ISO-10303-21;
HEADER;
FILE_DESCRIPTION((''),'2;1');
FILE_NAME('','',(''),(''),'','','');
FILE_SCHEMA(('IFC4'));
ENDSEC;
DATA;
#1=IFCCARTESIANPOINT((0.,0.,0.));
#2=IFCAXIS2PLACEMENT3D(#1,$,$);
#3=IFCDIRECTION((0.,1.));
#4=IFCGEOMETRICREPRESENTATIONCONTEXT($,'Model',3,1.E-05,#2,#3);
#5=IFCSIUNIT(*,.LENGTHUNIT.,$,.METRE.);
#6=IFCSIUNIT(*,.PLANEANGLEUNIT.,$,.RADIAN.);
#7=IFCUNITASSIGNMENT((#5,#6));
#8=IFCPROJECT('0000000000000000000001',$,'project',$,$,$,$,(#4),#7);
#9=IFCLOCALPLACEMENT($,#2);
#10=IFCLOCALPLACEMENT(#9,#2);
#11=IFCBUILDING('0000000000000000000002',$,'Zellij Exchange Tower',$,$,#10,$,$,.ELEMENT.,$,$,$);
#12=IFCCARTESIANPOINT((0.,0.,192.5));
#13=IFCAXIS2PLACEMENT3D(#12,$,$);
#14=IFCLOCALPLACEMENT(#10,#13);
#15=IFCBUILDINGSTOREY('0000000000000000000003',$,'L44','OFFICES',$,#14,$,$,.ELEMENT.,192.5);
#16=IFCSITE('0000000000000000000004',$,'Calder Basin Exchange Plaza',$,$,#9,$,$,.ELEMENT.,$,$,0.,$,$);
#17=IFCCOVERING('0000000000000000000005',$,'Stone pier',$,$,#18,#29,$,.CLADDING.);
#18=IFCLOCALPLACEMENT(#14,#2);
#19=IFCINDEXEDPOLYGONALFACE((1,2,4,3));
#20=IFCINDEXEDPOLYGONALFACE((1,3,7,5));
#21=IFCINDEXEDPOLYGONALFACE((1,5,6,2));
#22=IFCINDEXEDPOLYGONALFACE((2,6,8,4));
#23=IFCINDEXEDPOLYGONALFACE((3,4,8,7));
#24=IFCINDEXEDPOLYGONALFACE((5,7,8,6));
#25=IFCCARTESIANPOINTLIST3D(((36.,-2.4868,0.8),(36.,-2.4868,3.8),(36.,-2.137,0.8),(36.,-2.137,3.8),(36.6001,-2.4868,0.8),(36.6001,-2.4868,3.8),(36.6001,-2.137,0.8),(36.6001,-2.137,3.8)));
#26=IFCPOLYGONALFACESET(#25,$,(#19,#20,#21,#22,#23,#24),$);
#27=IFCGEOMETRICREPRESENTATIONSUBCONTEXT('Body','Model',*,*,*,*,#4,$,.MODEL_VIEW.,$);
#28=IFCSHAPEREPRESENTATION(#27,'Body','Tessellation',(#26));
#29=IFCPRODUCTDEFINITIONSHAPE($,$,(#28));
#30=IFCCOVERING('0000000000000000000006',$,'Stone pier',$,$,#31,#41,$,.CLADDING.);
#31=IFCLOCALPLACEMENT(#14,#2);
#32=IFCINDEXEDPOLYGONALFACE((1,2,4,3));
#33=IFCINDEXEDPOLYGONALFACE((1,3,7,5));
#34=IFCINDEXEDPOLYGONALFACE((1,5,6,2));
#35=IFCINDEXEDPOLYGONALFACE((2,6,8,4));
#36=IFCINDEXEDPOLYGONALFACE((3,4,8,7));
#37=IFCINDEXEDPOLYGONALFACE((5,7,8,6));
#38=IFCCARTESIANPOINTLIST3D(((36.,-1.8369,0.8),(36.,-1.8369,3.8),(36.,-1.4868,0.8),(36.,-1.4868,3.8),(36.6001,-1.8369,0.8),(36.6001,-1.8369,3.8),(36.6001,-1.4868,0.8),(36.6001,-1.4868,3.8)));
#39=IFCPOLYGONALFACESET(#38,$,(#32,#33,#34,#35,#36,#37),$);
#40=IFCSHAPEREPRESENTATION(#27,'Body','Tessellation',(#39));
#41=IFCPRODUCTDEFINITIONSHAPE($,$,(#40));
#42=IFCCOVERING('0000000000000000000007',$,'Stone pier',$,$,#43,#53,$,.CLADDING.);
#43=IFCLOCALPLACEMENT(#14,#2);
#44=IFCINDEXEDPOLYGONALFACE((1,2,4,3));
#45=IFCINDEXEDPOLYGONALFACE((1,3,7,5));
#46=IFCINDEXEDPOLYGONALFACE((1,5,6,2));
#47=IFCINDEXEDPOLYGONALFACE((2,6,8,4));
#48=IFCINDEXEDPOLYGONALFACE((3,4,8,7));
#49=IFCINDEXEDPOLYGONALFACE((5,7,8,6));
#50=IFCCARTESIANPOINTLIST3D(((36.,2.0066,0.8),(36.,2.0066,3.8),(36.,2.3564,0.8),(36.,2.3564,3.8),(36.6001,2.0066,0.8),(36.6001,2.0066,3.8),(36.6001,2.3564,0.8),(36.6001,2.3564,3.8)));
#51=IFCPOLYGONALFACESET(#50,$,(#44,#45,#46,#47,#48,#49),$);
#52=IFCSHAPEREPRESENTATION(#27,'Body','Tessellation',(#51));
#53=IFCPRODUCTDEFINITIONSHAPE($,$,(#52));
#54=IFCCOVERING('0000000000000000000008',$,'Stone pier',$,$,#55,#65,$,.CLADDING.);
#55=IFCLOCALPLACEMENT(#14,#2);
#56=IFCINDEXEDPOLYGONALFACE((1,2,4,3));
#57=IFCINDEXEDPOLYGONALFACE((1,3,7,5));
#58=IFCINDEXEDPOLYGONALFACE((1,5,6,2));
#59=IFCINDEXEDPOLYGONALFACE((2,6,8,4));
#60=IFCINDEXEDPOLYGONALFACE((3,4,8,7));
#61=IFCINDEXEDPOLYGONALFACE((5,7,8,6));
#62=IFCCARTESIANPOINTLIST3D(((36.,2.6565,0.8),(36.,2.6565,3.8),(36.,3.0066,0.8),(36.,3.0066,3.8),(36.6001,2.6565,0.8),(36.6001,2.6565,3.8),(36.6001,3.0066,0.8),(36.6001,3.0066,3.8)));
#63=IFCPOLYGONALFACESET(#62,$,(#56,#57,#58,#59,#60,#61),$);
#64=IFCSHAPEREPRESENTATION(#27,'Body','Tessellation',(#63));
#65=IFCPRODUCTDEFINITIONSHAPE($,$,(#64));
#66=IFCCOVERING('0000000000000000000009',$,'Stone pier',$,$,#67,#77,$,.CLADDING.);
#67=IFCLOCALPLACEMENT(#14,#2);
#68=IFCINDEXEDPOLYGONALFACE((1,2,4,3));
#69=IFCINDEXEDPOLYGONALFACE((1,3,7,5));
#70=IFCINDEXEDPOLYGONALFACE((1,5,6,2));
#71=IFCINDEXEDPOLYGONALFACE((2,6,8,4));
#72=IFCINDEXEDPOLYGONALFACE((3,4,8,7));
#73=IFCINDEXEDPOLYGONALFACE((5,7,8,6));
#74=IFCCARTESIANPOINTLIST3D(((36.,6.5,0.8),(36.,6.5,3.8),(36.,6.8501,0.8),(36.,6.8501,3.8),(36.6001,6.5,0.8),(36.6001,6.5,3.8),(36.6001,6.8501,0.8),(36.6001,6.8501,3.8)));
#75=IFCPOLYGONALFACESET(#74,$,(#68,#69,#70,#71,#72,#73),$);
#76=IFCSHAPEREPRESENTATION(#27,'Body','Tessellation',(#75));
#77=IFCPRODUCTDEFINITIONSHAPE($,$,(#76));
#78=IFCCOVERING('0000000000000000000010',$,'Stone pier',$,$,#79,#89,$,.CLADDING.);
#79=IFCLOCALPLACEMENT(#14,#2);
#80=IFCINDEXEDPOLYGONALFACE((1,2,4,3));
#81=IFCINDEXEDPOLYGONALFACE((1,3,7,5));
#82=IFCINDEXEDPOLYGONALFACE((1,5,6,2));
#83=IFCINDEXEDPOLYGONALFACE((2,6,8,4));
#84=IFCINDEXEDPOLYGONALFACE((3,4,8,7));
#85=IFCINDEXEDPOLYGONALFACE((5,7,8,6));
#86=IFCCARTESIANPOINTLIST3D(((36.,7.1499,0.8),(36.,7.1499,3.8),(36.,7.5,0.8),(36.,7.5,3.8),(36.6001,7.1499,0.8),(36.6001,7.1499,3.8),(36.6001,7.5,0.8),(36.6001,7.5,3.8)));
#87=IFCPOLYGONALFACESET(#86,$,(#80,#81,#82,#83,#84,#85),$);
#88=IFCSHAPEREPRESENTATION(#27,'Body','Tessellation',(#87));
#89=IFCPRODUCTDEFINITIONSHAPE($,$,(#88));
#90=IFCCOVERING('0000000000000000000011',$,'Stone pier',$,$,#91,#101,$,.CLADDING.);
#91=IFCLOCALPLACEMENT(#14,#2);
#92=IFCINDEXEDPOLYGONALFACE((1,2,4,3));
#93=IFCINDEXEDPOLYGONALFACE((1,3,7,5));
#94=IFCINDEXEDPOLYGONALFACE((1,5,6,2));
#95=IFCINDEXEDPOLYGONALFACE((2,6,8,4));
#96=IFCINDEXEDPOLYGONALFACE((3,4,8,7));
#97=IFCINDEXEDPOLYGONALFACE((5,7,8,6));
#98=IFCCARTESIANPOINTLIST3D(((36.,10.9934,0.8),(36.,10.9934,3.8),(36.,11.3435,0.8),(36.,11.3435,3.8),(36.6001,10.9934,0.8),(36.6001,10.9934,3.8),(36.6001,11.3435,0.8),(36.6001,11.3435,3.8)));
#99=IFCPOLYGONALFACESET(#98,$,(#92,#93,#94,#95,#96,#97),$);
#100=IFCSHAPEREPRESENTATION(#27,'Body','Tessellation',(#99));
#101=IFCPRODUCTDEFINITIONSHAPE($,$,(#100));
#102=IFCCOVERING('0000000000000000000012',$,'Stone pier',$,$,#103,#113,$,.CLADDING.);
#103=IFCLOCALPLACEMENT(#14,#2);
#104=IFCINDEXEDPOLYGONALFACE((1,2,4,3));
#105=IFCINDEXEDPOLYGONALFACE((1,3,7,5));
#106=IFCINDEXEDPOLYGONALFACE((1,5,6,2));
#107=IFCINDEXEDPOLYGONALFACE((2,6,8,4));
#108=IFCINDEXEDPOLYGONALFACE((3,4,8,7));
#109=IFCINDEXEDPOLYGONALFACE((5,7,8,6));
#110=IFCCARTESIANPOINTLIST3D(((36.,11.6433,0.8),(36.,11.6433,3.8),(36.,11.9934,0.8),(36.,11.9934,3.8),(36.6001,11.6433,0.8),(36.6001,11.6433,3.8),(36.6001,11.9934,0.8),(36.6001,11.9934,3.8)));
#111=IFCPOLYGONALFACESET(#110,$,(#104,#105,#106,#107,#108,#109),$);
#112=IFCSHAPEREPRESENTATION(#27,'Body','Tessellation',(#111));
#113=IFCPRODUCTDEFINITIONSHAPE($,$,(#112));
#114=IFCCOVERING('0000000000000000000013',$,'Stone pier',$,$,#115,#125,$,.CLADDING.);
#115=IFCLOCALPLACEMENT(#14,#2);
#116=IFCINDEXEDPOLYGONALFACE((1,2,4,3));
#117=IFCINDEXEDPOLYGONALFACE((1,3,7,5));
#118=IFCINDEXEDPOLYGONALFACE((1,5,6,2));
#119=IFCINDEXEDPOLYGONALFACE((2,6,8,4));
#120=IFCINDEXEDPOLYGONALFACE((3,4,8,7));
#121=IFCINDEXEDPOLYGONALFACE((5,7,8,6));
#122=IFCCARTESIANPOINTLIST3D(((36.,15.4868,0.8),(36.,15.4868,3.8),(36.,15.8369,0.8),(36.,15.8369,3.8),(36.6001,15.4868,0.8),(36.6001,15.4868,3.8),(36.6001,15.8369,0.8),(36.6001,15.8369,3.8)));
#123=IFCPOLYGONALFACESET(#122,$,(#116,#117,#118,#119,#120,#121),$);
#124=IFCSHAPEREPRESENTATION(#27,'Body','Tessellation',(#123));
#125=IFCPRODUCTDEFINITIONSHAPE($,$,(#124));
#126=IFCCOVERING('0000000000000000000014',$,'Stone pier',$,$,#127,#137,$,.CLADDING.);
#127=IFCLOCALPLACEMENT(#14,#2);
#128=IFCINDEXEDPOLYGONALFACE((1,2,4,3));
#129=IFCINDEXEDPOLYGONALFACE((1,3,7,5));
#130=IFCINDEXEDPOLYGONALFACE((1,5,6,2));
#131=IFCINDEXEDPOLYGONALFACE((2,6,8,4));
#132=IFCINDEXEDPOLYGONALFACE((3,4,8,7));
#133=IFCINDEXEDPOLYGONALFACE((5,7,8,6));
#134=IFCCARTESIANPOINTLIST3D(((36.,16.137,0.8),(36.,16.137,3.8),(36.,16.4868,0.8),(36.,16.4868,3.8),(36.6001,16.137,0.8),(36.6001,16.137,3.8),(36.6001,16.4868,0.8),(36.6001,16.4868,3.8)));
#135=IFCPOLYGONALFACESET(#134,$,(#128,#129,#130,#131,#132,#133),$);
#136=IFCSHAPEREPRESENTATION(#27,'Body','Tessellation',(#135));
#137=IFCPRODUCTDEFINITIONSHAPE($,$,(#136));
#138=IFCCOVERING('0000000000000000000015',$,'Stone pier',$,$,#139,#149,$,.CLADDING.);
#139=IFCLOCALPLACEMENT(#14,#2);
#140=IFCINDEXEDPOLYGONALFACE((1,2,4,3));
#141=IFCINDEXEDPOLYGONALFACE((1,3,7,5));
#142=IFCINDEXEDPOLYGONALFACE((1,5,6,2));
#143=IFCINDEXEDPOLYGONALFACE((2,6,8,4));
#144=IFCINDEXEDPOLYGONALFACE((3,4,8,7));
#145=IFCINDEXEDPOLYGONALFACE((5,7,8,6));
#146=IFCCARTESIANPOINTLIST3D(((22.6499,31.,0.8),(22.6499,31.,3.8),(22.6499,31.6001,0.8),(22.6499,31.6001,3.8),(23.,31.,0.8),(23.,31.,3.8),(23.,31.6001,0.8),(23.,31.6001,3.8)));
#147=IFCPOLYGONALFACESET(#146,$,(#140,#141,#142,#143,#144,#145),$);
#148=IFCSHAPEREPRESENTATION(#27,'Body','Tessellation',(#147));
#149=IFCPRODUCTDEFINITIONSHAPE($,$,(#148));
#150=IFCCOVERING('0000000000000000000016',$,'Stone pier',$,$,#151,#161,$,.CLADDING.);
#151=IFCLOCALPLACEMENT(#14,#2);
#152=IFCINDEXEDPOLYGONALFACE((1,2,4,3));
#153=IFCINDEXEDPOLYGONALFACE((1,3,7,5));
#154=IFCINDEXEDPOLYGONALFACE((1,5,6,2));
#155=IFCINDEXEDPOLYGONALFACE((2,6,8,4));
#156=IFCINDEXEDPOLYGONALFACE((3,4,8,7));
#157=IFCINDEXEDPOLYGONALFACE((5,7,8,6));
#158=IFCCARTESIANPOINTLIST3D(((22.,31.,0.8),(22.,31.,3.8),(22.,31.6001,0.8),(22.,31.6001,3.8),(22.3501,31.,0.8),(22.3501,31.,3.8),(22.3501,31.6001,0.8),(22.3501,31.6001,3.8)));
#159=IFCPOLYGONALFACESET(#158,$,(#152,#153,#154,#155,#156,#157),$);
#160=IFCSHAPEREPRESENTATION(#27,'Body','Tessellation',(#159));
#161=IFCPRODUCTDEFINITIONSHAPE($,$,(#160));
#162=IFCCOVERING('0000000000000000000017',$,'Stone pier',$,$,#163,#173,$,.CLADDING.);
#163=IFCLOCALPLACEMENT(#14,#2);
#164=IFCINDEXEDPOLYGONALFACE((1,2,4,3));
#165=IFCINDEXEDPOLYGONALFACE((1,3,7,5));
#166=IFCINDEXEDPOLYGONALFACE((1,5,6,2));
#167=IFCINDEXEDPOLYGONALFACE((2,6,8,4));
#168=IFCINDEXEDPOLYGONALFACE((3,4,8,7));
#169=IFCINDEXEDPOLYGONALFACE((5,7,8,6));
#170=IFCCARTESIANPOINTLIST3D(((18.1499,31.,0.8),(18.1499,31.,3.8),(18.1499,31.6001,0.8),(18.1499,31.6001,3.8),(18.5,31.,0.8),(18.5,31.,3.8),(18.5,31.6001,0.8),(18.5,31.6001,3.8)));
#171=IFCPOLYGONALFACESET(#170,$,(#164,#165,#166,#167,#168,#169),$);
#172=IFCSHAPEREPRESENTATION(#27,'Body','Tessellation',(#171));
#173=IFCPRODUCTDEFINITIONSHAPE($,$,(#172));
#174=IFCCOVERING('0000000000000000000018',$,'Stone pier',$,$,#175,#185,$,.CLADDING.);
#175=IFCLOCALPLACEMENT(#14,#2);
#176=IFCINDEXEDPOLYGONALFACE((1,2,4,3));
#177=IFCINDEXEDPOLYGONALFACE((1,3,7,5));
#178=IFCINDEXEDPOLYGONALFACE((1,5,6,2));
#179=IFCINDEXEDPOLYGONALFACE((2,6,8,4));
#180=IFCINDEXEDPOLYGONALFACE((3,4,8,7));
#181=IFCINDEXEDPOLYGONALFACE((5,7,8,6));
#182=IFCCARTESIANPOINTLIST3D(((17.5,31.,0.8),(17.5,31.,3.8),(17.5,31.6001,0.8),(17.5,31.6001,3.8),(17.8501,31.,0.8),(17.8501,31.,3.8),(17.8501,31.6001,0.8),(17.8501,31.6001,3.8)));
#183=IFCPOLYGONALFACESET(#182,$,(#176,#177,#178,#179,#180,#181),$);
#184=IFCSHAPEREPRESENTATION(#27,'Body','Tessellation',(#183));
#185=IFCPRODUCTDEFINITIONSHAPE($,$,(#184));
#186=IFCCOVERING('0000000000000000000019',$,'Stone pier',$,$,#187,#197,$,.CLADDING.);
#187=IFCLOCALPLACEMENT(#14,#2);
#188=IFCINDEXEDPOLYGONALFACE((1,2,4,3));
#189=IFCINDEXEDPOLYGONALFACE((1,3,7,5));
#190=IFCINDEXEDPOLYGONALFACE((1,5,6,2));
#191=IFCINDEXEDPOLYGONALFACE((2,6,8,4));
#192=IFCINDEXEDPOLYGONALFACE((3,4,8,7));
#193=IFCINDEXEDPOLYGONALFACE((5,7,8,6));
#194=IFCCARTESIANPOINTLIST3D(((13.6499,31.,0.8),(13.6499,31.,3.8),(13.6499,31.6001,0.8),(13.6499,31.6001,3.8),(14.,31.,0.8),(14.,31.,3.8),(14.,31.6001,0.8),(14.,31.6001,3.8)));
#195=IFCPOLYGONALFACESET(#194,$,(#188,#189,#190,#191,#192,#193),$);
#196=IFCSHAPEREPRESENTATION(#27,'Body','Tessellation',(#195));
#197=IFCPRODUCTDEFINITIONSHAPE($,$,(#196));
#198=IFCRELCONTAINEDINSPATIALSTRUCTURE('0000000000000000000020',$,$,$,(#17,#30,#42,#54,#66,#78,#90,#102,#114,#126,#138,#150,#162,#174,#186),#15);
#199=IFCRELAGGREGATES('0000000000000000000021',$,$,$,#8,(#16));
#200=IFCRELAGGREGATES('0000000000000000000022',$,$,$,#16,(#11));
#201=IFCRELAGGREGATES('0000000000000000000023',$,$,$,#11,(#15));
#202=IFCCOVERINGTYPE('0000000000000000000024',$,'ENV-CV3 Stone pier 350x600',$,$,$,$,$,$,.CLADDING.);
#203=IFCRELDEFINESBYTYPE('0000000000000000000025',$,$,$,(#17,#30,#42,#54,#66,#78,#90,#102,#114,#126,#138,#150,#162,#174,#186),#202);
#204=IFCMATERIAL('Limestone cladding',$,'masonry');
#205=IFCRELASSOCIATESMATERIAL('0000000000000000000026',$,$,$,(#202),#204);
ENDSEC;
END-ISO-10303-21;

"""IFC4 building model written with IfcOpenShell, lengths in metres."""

from ifc_helpers import new_model, si_unit, direction, frame, origin, place, context, subcontext, project, spatial, polyline, outline, extrude, material, type_object, element, save


model = new_model("IFC4")

# Units and contexts
model_context = context("Model", 3, precision=1e-05, world=origin(), true_north=direction((0.0, 1.0)))
body_context = subcontext(model_context, "Body", "Model", "MODEL_VIEW")
ifc_project = project(units=[si_unit("LENGTHUNIT", "METRE"), si_unit("PLANEANGLEUNIT", "RADIAN")], contexts=[model_context])

# Site, building, storey
site_placement = place(None, origin())
site = spatial("IfcSite", under=ifc_project, at=site_placement, Name="Calder Basin Exchange Plaza", CompositionType="ELEMENT", RefElevation=0.0)
building_placement = place(site_placement, origin())
building = spatial("IfcBuilding", under=site, at=building_placement, Name="Zellij Exchange Tower", CompositionType="ELEMENT")
storey_placement = place(building_placement, frame((0.0, 0.0, 192.5)))
storey = spatial("IfcBuildingStorey", under=building, at=storey_placement, Name="L44", Description="OFFICES", CompositionType="ELEMENT", Elevation=192.5)

# Coverings
ifc_material = material(Name="Limestone cladding", Category="masonry")
covering_type = type_object("IfcCoveringType", Name="ENV-CV3 Stone pier 350x600", PredefinedType="CLADDING", material=ifc_material)
covering_1_placement = place(storey_placement, frame((0.0, 0.0, 0.8)))
element("IfcCovering", 1, at=covering_1_placement, inside=storey, type_object=covering_type, Name="Stone pier", PredefinedType="CLADDING", context=body_context, shape_type="SweptSolid", body=[
    extrude(outline(polyline([(36.0, -2.4868), (36.0, -2.137), (36.6001, -2.137), (36.6001, -2.4868), (36.0, -2.4868)])), origin(), (0.0, 0.0, 1.0), 3.0),
])
covering_2_placement = place(storey_placement, frame((0.0, 0.0, 0.8)))
element("IfcCovering", 2, at=covering_2_placement, inside=storey, type_object=covering_type, Name="Stone pier", PredefinedType="CLADDING", context=body_context, shape_type="SweptSolid", body=[
    extrude(outline(polyline([(36.0, -1.8369), (36.0, -1.4868), (36.6001, -1.4868), (36.6001, -1.8369), (36.0, -1.8369)])), origin(), (0.0, 0.0, 1.0), 3.0),
])
covering_3_placement = place(storey_placement, frame((0.0, 0.0, 0.8)))
element("IfcCovering", 3, at=covering_3_placement, inside=storey, type_object=covering_type, Name="Stone pier", PredefinedType="CLADDING", context=body_context, shape_type="SweptSolid", body=[
    extrude(outline(polyline([(36.0, 2.0066), (36.0, 2.3564), (36.6001, 2.3564), (36.6001, 2.0066), (36.0, 2.0066)])), origin(), (0.0, 0.0, 1.0), 3.0),
])
covering_4_placement = place(storey_placement, frame((0.0, 0.0, 0.8)))
element("IfcCovering", 4, at=covering_4_placement, inside=storey, type_object=covering_type, Name="Stone pier", PredefinedType="CLADDING", context=body_context, shape_type="SweptSolid", body=[
    extrude(outline(polyline([(36.0, 2.6565), (36.0, 3.0066), (36.6001, 3.0066), (36.6001, 2.6565), (36.0, 2.6565)])), origin(), (0.0, 0.0, 1.0), 3.0),
])
covering_5_placement = place(storey_placement, frame((0.0, 0.0, 0.8)))
element("IfcCovering", 5, at=covering_5_placement, inside=storey, type_object=covering_type, Name="Stone pier", PredefinedType="CLADDING", context=body_context, shape_type="SweptSolid", body=[
    extrude(outline(polyline([(36.0, 6.5), (36.0, 6.8501), (36.6001, 6.8501), (36.6001, 6.5), (36.0, 6.5)])), origin(), (0.0, 0.0, 1.0), 3.0),
])
covering_6_placement = place(storey_placement, frame((0.0, 0.0, 0.8)))
element("IfcCovering", 6, at=covering_6_placement, inside=storey, type_object=covering_type, Name="Stone pier", PredefinedType="CLADDING", context=body_context, shape_type="SweptSolid", body=[
    extrude(outline(polyline([(36.0, 7.1499), (36.0, 7.5), (36.6001, 7.5), (36.6001, 7.1499), (36.0, 7.1499)])), origin(), (0.0, 0.0, 1.0), 3.0),
])
covering_7_placement = place(storey_placement, frame((0.0, 0.0, 0.8)))
element("IfcCovering", 7, at=covering_7_placement, inside=storey, type_object=covering_type, Name="Stone pier", PredefinedType="CLADDING", context=body_context, shape_type="SweptSolid", body=[
    extrude(outline(polyline([(36.0, 10.9934), (36.0, 11.3435), (36.6001, 11.3435), (36.6001, 10.9934), (36.0, 10.9934)])), origin(), (0.0, 0.0, 1.0), 3.0),
])
covering_8_placement = place(storey_placement, frame((0.0, 0.0, 0.8)))
element("IfcCovering", 8, at=covering_8_placement, inside=storey, type_object=covering_type, Name="Stone pier", PredefinedType="CLADDING", context=body_context, shape_type="SweptSolid", body=[
    extrude(outline(polyline([(36.0, 11.6433), (36.0, 11.9934), (36.6001, 11.9934), (36.6001, 11.6433), (36.0, 11.6433)])), origin(), (0.0, 0.0, 1.0), 3.0),
])
covering_9_placement = place(storey_placement, frame((0.0, 0.0, 0.8)))
element("IfcCovering", 9, at=covering_9_placement, inside=storey, type_object=covering_type, Name="Stone pier", PredefinedType="CLADDING", context=body_context, shape_type="SweptSolid", body=[
    extrude(outline(polyline([(36.0, 15.4868), (36.0, 15.8369), (36.6001, 15.8369), (36.6001, 15.4868), (36.0, 15.4868)])), origin(), (0.0, 0.0, 1.0), 3.0),
])
covering_10_placement = place(storey_placement, frame((0.0, 0.0, 0.8)))
element("IfcCovering", 10, at=covering_10_placement, inside=storey, type_object=covering_type, Name="Stone pier", PredefinedType="CLADDING", context=body_context, shape_type="SweptSolid", body=[
    extrude(outline(polyline([(36.0, 16.137), (36.0, 16.4868), (36.6001, 16.4868), (36.6001, 16.137), (36.0, 16.137)])), origin(), (0.0, 0.0, 1.0), 3.0),
])
covering_11_placement = place(storey_placement, frame((0.0, 0.0, 0.8)))
element("IfcCovering", 11, at=covering_11_placement, inside=storey, type_object=covering_type, Name="Stone pier", PredefinedType="CLADDING", context=body_context, shape_type="SweptSolid", body=[
    extrude(outline(polyline([(23.0, 31.0), (22.6499, 31.0), (22.6499, 31.6001), (23.0, 31.6001), (23.0, 31.0)])), origin(), (0.0, 0.0, 1.0), 3.0),
])
covering_12_placement = place(storey_placement, frame((0.0, 0.0, 0.8)))
element("IfcCovering", 12, at=covering_12_placement, inside=storey, type_object=covering_type, Name="Stone pier", PredefinedType="CLADDING", context=body_context, shape_type="SweptSolid", body=[
    extrude(outline(polyline([(22.3501, 31.0), (22.0, 31.0), (22.0, 31.6001), (22.3501, 31.6001), (22.3501, 31.0)])), origin(), (0.0, 0.0, 1.0), 3.0),
])
covering_13_placement = place(storey_placement, frame((0.0, 0.0, 0.8)))
element("IfcCovering", 13, at=covering_13_placement, inside=storey, type_object=covering_type, Name="Stone pier", PredefinedType="CLADDING", context=body_context, shape_type="SweptSolid", body=[
    extrude(outline(polyline([(18.5, 31.0), (18.1499, 31.0), (18.1499, 31.6001), (18.5, 31.6001), (18.5, 31.0)])), origin(), (0.0, 0.0, 1.0), 3.0),
])
covering_14_placement = place(storey_placement, frame((0.0, 0.0, 0.8)))
element("IfcCovering", 14, at=covering_14_placement, inside=storey, type_object=covering_type, Name="Stone pier", PredefinedType="CLADDING", context=body_context, shape_type="SweptSolid", body=[
    extrude(outline(polyline([(17.8501, 31.0), (17.5, 31.0), (17.5, 31.6001), (17.8501, 31.6001), (17.8501, 31.0)])), origin(), (0.0, 0.0, 1.0), 3.0),
])
covering_15_placement = place(storey_placement, frame((0.0, 0.0, 0.8)))
element("IfcCovering", 15, at=covering_15_placement, inside=storey, type_object=covering_type, Name="Stone pier", PredefinedType="CLADDING", context=body_context, shape_type="SweptSolid", body=[
    extrude(outline(polyline([(14.0, 31.0), (13.6499, 31.0), (13.6499, 31.6001), (14.0, 31.6001), (14.0, 31.0)])), origin(), (0.0, 0.0, 1.0), 3.0),
])

save(model, "model.ifc")
